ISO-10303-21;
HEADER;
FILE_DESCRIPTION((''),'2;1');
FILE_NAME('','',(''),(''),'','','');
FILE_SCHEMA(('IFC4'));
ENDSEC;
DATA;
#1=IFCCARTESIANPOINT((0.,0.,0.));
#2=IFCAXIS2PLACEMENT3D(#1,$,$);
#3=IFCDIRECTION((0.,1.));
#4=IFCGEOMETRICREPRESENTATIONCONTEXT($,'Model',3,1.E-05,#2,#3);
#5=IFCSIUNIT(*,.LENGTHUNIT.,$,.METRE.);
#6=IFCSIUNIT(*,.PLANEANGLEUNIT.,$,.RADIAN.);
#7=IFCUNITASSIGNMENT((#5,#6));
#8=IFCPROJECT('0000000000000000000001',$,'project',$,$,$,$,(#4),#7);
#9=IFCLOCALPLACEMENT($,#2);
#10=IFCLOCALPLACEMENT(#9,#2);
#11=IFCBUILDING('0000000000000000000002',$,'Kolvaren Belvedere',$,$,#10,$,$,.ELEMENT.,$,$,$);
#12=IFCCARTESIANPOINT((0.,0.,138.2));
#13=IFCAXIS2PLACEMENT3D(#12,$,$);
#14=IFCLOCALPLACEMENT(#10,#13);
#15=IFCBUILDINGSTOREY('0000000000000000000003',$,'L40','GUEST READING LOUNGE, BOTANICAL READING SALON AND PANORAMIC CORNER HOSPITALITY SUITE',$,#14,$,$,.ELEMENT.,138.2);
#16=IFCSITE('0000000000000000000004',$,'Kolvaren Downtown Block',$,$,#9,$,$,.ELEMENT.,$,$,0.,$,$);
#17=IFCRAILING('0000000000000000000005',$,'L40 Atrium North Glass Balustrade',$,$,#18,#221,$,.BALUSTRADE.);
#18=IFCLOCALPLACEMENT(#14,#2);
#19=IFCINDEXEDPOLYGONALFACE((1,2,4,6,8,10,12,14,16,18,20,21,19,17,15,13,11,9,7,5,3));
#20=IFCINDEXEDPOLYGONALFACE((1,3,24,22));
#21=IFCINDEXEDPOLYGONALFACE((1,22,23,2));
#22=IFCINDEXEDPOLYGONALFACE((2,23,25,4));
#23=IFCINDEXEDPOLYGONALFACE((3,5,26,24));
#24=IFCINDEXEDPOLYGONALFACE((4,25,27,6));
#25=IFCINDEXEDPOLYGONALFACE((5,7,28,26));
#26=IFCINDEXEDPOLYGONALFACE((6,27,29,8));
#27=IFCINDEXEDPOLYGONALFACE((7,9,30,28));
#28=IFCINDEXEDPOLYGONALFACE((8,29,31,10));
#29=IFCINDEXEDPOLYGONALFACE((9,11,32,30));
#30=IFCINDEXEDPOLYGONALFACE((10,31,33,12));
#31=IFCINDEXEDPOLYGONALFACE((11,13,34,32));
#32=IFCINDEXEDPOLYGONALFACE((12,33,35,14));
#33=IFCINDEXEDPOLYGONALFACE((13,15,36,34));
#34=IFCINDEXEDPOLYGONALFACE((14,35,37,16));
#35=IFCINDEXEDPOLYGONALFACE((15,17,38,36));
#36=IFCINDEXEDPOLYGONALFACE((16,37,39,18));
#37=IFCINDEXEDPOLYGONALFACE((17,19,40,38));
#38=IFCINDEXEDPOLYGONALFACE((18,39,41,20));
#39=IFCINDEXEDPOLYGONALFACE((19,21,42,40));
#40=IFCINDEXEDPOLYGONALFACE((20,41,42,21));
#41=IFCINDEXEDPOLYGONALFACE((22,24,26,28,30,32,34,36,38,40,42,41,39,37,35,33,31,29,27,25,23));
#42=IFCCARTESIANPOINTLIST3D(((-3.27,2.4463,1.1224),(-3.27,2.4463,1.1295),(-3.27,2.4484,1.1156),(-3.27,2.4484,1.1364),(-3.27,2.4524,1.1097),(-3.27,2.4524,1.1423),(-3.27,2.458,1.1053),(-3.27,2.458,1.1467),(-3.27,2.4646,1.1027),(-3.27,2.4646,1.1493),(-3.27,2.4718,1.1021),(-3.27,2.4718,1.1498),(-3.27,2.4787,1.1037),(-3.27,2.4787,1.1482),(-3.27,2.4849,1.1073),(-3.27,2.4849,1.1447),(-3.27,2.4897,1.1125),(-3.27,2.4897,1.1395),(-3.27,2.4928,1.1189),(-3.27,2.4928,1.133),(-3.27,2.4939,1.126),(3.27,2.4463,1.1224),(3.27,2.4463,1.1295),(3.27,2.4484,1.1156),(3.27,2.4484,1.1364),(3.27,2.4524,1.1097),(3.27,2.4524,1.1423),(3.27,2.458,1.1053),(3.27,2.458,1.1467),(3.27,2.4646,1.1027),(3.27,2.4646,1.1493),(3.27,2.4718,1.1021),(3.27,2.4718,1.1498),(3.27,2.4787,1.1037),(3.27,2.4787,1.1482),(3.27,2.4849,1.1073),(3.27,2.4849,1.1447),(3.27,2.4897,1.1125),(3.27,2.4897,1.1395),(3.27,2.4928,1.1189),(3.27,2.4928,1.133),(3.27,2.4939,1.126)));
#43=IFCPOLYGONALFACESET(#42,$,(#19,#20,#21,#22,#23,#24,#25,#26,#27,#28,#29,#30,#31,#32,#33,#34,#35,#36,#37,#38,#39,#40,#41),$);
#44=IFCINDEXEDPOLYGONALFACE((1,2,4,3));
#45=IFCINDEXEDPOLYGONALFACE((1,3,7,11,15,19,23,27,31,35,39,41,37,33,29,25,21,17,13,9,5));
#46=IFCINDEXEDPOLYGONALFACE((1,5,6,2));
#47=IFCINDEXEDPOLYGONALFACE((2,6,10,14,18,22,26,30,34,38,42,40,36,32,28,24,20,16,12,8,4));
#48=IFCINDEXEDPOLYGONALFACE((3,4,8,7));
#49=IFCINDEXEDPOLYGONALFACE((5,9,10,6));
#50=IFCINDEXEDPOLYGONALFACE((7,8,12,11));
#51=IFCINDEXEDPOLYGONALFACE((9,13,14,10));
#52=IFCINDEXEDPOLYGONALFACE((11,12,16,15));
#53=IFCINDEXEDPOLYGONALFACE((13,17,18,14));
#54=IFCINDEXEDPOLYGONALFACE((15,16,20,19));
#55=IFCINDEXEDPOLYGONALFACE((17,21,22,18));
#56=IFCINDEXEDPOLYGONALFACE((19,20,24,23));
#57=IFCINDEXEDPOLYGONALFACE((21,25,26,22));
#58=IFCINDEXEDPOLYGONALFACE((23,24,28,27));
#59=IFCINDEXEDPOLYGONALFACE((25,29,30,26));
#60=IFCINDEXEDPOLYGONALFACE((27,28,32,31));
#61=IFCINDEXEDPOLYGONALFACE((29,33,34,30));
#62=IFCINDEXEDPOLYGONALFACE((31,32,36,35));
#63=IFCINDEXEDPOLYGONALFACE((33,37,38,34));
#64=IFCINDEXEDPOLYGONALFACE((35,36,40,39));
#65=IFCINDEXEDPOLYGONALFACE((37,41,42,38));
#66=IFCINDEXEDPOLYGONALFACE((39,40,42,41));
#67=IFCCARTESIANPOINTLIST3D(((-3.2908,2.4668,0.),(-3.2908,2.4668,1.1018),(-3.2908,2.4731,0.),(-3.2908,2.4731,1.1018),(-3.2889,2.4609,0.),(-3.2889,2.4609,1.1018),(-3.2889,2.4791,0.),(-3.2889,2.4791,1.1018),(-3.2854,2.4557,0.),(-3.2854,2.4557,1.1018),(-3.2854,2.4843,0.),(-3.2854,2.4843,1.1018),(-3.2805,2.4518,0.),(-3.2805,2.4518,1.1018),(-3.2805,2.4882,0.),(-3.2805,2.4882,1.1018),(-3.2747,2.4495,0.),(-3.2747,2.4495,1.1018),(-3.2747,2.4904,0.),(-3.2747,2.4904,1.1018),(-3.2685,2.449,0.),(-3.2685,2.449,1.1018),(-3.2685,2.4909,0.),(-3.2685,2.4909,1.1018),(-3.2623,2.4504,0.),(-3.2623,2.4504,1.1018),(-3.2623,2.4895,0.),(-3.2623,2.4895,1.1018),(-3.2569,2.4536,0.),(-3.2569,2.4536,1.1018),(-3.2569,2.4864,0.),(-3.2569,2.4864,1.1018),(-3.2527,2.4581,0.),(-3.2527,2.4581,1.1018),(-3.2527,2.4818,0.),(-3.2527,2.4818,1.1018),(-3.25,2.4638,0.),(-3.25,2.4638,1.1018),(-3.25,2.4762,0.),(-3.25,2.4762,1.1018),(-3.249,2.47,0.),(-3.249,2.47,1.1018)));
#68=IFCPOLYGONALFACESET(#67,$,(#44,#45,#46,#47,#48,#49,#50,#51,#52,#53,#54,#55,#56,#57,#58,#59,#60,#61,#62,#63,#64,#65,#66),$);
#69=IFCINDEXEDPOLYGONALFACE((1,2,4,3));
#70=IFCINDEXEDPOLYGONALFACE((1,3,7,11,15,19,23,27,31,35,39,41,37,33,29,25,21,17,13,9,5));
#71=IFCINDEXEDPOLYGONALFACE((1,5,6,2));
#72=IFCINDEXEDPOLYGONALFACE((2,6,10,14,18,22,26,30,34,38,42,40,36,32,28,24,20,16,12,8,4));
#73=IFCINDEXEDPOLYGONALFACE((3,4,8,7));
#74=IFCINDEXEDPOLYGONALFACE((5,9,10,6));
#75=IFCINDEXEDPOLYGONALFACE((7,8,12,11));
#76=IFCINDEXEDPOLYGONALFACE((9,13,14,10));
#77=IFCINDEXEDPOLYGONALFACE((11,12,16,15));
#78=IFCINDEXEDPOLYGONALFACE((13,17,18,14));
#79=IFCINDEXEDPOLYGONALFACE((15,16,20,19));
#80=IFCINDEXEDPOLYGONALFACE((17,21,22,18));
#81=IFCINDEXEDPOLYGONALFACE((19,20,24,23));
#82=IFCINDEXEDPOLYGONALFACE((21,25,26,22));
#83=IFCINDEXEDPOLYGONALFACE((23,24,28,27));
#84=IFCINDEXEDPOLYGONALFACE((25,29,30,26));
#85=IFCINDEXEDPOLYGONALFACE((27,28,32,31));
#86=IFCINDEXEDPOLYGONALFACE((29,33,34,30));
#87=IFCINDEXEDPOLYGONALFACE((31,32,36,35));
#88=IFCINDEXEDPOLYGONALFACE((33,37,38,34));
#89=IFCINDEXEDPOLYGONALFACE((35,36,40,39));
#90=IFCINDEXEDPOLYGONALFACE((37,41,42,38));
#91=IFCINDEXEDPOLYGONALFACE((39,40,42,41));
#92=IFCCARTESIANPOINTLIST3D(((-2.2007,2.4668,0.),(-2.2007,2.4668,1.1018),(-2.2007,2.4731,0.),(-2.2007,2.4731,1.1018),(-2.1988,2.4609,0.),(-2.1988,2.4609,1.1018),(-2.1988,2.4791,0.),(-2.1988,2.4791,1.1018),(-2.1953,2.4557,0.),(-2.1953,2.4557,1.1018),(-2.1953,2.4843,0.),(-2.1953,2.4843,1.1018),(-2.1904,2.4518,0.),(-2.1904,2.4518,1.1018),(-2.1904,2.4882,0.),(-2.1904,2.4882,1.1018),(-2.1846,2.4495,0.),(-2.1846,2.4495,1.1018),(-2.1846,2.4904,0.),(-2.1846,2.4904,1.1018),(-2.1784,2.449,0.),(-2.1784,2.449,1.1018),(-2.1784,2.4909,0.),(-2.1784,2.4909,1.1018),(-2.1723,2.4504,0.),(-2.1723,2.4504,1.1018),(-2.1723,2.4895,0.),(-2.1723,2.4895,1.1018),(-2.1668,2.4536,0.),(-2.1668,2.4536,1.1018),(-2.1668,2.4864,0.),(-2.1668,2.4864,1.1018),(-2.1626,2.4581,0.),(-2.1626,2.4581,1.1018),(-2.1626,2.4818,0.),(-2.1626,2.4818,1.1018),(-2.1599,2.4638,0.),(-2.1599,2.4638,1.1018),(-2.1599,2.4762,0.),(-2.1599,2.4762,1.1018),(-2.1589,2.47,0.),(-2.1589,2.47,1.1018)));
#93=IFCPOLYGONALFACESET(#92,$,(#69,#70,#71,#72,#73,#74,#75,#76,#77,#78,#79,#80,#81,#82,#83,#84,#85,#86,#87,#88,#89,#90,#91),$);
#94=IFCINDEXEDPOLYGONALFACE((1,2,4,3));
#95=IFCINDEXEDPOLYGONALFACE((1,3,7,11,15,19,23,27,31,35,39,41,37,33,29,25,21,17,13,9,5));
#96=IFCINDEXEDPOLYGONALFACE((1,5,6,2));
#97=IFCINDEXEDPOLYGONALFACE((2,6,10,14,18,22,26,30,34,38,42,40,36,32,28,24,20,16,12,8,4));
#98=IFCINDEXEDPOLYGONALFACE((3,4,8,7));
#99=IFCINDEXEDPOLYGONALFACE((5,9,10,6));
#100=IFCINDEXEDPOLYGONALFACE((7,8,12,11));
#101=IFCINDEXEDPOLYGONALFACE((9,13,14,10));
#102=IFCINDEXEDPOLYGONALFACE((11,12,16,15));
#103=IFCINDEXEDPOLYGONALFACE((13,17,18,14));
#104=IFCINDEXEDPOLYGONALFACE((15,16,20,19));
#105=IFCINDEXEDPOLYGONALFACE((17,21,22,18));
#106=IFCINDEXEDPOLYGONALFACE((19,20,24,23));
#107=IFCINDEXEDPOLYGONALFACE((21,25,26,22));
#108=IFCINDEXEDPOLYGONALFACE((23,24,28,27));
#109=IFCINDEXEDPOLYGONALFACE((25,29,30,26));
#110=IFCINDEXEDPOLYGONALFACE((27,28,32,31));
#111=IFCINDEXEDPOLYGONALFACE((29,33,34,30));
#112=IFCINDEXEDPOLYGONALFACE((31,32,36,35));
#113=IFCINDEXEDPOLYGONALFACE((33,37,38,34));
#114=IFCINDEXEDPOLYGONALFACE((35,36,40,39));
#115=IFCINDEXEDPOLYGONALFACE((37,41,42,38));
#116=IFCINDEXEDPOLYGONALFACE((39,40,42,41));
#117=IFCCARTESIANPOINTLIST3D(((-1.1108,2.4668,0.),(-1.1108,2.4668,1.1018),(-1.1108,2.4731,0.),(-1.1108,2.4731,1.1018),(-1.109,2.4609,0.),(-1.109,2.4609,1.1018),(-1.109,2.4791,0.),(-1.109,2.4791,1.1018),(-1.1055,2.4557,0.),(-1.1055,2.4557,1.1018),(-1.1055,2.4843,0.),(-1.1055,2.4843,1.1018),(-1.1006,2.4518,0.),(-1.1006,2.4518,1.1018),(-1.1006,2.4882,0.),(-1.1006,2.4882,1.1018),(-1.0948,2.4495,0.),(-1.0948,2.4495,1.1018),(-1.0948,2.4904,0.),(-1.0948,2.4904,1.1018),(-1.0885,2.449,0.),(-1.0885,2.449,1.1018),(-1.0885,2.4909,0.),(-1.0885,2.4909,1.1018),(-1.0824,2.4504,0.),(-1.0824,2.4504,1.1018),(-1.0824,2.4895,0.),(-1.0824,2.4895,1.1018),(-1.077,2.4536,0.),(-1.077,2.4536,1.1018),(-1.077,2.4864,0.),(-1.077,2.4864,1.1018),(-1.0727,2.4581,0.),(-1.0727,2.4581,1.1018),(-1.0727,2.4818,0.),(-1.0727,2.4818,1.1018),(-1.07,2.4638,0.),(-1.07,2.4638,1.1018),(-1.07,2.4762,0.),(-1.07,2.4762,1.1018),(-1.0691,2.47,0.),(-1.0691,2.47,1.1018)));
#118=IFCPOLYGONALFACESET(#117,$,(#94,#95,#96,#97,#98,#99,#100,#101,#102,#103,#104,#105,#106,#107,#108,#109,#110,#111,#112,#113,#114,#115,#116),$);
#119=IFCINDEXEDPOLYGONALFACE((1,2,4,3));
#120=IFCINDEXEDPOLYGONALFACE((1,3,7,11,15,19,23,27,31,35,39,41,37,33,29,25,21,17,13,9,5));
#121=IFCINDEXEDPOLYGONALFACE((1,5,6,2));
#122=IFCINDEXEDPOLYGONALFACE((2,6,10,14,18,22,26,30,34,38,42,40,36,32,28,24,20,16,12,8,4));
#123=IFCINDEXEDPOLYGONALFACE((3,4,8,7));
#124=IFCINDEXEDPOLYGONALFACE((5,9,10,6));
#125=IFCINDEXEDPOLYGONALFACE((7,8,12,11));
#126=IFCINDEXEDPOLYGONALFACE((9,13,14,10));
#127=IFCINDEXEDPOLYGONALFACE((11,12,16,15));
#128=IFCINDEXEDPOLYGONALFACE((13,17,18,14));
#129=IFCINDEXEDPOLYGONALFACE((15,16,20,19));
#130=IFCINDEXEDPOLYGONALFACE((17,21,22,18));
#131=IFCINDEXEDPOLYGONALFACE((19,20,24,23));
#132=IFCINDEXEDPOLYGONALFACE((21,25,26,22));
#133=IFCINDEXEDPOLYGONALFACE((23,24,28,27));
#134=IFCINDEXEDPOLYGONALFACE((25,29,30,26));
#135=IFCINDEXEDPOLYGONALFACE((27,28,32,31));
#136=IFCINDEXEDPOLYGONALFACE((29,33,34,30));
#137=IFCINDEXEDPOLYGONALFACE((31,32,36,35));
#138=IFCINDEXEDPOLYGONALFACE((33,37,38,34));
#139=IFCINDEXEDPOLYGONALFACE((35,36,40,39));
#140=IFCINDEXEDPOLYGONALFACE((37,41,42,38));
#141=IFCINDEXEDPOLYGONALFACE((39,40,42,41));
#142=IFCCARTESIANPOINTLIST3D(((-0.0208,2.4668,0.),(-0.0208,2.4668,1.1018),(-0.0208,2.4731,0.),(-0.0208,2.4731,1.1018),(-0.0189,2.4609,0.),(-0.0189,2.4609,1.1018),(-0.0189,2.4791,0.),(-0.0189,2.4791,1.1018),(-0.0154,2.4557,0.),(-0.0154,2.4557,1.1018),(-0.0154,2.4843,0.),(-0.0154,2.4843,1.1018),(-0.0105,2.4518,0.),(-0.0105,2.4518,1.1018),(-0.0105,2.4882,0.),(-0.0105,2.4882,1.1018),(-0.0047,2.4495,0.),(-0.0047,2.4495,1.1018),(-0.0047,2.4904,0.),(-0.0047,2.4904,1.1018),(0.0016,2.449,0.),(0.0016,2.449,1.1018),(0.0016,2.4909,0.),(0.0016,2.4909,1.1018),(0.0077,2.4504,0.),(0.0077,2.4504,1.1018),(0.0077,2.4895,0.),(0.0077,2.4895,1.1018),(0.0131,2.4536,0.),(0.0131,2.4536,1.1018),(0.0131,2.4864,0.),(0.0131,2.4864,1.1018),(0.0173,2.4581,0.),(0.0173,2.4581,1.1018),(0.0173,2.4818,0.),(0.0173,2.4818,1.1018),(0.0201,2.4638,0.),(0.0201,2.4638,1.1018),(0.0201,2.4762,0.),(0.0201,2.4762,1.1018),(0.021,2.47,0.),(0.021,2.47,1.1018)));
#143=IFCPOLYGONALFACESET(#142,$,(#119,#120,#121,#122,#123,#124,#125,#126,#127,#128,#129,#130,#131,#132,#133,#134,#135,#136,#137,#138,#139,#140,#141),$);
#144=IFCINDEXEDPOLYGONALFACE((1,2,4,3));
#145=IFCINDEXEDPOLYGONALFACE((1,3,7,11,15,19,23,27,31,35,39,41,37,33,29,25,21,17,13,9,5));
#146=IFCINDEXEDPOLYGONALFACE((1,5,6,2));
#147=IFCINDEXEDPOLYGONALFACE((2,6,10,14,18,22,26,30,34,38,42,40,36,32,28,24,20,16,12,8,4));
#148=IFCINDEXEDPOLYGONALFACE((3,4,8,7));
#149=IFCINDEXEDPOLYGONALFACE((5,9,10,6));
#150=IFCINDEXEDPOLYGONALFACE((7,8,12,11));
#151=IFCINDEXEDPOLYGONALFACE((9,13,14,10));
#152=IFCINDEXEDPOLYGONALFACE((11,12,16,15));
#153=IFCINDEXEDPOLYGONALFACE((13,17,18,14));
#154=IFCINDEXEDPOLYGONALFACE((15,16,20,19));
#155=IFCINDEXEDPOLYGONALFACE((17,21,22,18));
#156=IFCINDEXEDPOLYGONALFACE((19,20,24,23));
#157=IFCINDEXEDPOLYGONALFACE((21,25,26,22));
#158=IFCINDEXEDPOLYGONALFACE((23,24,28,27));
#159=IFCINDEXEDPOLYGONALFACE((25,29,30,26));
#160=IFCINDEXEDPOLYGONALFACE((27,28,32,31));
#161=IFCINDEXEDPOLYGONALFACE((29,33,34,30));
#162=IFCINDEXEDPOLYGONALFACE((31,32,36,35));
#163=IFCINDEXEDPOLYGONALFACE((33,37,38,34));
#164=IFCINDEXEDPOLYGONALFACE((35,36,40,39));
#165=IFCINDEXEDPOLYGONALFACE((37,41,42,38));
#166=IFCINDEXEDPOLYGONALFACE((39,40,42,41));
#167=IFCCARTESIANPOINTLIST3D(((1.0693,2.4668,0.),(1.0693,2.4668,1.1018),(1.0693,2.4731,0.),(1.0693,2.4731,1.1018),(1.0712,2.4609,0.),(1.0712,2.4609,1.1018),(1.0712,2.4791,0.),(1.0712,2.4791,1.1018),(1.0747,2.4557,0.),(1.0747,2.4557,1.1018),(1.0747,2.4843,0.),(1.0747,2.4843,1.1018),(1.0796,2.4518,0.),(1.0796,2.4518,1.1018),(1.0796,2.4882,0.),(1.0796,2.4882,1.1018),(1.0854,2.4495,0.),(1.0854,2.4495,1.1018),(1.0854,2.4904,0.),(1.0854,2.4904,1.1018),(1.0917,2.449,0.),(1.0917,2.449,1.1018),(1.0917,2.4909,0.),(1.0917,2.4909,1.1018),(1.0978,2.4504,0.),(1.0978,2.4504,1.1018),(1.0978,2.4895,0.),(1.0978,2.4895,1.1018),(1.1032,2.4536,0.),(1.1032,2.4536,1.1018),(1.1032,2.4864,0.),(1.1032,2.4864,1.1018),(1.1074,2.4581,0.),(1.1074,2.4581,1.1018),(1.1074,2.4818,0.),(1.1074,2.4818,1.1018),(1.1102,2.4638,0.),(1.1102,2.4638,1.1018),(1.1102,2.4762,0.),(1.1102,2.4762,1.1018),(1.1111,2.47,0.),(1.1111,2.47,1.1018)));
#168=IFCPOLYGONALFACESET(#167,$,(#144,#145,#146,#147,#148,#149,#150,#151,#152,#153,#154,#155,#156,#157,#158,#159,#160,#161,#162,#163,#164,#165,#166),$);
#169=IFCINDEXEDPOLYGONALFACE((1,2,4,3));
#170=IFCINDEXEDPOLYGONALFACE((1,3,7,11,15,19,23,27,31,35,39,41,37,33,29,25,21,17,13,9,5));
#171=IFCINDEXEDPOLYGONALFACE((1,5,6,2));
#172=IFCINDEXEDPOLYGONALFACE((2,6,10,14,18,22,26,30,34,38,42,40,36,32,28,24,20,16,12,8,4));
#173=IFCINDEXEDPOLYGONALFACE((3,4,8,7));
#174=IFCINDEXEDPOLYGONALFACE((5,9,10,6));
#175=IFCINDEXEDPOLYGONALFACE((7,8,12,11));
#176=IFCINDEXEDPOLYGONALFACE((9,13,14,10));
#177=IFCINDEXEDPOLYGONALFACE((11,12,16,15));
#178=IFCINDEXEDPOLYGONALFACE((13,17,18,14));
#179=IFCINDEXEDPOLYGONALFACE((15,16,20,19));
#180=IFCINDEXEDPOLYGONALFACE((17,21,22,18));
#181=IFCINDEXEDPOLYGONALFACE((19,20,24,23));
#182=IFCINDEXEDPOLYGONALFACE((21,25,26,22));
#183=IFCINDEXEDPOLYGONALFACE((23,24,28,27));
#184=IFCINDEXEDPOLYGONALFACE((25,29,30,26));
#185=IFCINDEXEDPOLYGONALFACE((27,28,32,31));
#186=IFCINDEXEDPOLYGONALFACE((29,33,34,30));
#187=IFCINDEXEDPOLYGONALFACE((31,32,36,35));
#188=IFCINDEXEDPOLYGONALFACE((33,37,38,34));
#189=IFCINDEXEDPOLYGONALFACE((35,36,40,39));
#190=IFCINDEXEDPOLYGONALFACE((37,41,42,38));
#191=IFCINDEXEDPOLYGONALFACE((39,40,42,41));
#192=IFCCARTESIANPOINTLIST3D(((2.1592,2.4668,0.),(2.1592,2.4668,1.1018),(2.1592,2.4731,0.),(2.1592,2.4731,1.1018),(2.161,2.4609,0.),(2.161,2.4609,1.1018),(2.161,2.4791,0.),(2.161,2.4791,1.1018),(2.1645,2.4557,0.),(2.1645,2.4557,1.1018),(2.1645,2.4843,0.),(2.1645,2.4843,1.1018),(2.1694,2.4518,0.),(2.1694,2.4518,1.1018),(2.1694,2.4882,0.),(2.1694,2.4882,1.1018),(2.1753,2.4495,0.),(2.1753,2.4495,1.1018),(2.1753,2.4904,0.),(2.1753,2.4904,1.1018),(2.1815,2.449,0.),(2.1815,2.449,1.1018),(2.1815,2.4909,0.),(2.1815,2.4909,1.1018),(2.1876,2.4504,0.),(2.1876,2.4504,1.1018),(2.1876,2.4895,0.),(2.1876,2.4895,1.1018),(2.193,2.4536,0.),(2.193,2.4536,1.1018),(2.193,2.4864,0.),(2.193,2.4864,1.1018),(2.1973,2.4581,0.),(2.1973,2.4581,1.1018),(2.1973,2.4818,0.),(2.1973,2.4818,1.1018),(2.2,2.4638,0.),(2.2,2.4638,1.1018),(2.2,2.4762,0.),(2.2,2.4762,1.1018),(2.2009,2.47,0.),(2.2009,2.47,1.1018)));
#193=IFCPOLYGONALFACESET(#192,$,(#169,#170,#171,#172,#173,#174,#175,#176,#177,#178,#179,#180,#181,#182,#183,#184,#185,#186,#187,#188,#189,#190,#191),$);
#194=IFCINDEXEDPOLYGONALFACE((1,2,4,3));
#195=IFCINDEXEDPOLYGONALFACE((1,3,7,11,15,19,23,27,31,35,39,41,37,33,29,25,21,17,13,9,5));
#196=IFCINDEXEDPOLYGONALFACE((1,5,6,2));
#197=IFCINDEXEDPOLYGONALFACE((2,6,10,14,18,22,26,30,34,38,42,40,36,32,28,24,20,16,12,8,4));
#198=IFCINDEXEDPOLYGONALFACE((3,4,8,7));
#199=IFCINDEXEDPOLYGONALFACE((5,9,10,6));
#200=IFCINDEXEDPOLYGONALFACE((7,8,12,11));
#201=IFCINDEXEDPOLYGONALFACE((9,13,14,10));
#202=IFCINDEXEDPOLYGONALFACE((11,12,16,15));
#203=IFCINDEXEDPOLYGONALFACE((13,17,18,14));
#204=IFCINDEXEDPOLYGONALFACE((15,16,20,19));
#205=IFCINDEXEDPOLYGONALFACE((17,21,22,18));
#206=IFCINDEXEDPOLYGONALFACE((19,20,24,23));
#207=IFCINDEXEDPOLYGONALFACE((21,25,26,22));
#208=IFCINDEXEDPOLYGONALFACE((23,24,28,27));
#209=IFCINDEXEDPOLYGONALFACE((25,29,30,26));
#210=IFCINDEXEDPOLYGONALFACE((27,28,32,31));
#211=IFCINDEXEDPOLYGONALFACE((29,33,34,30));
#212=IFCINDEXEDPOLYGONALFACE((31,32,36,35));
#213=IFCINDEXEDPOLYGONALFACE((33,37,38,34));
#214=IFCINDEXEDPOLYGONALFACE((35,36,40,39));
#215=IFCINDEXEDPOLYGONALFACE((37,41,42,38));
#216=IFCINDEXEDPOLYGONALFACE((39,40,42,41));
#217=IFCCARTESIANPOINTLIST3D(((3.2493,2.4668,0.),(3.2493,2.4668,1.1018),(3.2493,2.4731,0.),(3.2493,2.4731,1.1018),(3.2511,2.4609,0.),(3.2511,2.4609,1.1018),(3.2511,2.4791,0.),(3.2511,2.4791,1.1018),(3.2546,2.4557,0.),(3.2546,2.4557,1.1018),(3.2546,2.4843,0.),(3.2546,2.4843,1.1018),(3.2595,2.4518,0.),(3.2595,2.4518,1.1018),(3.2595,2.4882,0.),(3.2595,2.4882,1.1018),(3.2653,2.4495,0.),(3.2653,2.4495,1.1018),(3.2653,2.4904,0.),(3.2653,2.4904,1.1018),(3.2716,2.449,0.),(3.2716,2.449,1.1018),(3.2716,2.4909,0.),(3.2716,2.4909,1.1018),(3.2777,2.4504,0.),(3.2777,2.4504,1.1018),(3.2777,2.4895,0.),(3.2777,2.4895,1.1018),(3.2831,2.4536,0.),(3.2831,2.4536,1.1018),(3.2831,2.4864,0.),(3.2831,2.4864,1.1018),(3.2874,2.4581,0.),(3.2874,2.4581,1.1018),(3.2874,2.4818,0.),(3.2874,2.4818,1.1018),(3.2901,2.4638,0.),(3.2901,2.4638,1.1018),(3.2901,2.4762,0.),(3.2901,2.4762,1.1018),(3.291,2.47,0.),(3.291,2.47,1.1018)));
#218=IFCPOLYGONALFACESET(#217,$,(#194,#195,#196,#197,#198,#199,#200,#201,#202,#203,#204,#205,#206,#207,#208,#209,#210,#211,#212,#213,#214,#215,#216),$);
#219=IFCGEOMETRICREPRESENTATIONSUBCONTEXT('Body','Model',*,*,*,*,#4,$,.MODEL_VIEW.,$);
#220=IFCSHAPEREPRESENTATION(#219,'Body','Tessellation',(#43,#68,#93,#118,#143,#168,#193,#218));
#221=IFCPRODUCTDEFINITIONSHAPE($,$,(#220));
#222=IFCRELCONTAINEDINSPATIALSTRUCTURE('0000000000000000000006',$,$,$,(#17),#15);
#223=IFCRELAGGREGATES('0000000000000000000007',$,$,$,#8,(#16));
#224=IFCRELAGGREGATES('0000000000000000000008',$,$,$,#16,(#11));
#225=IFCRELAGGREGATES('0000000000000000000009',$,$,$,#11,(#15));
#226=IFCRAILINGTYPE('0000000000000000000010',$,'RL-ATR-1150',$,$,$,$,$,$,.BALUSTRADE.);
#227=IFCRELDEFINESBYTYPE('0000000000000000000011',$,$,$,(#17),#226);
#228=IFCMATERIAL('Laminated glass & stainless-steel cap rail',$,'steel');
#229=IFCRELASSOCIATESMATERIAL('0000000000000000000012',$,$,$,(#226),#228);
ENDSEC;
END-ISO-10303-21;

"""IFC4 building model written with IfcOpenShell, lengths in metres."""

from ifc_helpers import new_model, si_unit, direction, frame, origin, origin_2d, place, context, subcontext, project, spatial, circle, extrude, material, type_object, element, save


model = new_model("IFC4")

# Units and contexts
model_context = context("Model", 3, precision=1e-05, world=origin(), true_north=direction((0.0, 1.0)))
body_context = subcontext(model_context, "Body", "Model", "MODEL_VIEW")
ifc_project = project(units=[si_unit("LENGTHUNIT", "METRE"), si_unit("PLANEANGLEUNIT", "RADIAN")], contexts=[model_context])

# Site, building, storey
site_placement = place(None, origin())
site = spatial("IfcSite", under=ifc_project, at=site_placement, Name="Kolvaren Downtown Block", CompositionType="ELEMENT", RefElevation=0.0)
building_placement = place(site_placement, origin())
building = spatial("IfcBuilding", under=site, at=building_placement, Name="Kolvaren Belvedere", CompositionType="ELEMENT")
storey_placement = place(building_placement, frame((0.0, 0.0, 138.2)))
storey = spatial("IfcBuildingStorey", under=building, at=storey_placement, Name="L40", Description="GUEST READING LOUNGE, BOTANICAL READING SALON AND PANORAMIC CORNER HOSPITALITY SUITE", CompositionType="ELEMENT", Elevation=138.2)

# Railing
ifc_material_1 = material(Name="Laminated glass & stainless-steel cap rail", Category="steel")
railing_type_1 = type_object("IfcRailingType", Name="RL-ATR-1150", PredefinedType="BALUSTRADE", material=ifc_material_1)
railing_1_placement = place(storey_placement, frame((-3.27, 2.47, 0.0)))
element("IfcRailing", 1, at=railing_1_placement, inside=storey, type_object=railing_type_1, Name="L40 Atrium North Glass Balustrade", PredefinedType="BALUSTRADE", context=body_context, shape_type="SweptSolid", body=[
    extrude(circle(Radius=0.0239, at=origin_2d()), frame((0.0, 0.0, 1.126), z_axis=(1.0, 0.0, 0.0), x_axis=(0.0, 1.0, 0.0)), (0.0, 0.0, 1.0), 6.54),
    extrude(circle(Radius=0.021, at=origin_2d()), origin(), (0.0, 0.0, 1.0), 1.1018),
    extrude(circle(Radius=0.021, at=origin_2d()), frame((1.0901, 0.0, 0.0)), (0.0, 0.0, 1.0), 1.1018),
    extrude(circle(Radius=0.021, at=origin_2d()), frame((2.1799, 0.0, 0.0)), (0.0, 0.0, 1.0), 1.1018),
    extrude(circle(Radius=0.021, at=origin_2d()), frame((3.27, 0.0, 0.0)), (0.0, 0.0, 1.0), 1.1018),
    extrude(circle(Radius=0.021, at=origin_2d()), frame((4.3601, 0.0, 0.0)), (0.0, 0.0, 1.0), 1.1018),
    extrude(circle(Radius=0.021, at=origin_2d()), frame((5.45, 0.0, 0.0)), (0.0, 0.0, 1.0), 1.1018),
    extrude(circle(Radius=0.021, at=origin_2d()), frame((6.54, 0.0, 0.0)), (0.0, 0.0, 1.0), 1.1018),
])

save(model, "model.ifc")
